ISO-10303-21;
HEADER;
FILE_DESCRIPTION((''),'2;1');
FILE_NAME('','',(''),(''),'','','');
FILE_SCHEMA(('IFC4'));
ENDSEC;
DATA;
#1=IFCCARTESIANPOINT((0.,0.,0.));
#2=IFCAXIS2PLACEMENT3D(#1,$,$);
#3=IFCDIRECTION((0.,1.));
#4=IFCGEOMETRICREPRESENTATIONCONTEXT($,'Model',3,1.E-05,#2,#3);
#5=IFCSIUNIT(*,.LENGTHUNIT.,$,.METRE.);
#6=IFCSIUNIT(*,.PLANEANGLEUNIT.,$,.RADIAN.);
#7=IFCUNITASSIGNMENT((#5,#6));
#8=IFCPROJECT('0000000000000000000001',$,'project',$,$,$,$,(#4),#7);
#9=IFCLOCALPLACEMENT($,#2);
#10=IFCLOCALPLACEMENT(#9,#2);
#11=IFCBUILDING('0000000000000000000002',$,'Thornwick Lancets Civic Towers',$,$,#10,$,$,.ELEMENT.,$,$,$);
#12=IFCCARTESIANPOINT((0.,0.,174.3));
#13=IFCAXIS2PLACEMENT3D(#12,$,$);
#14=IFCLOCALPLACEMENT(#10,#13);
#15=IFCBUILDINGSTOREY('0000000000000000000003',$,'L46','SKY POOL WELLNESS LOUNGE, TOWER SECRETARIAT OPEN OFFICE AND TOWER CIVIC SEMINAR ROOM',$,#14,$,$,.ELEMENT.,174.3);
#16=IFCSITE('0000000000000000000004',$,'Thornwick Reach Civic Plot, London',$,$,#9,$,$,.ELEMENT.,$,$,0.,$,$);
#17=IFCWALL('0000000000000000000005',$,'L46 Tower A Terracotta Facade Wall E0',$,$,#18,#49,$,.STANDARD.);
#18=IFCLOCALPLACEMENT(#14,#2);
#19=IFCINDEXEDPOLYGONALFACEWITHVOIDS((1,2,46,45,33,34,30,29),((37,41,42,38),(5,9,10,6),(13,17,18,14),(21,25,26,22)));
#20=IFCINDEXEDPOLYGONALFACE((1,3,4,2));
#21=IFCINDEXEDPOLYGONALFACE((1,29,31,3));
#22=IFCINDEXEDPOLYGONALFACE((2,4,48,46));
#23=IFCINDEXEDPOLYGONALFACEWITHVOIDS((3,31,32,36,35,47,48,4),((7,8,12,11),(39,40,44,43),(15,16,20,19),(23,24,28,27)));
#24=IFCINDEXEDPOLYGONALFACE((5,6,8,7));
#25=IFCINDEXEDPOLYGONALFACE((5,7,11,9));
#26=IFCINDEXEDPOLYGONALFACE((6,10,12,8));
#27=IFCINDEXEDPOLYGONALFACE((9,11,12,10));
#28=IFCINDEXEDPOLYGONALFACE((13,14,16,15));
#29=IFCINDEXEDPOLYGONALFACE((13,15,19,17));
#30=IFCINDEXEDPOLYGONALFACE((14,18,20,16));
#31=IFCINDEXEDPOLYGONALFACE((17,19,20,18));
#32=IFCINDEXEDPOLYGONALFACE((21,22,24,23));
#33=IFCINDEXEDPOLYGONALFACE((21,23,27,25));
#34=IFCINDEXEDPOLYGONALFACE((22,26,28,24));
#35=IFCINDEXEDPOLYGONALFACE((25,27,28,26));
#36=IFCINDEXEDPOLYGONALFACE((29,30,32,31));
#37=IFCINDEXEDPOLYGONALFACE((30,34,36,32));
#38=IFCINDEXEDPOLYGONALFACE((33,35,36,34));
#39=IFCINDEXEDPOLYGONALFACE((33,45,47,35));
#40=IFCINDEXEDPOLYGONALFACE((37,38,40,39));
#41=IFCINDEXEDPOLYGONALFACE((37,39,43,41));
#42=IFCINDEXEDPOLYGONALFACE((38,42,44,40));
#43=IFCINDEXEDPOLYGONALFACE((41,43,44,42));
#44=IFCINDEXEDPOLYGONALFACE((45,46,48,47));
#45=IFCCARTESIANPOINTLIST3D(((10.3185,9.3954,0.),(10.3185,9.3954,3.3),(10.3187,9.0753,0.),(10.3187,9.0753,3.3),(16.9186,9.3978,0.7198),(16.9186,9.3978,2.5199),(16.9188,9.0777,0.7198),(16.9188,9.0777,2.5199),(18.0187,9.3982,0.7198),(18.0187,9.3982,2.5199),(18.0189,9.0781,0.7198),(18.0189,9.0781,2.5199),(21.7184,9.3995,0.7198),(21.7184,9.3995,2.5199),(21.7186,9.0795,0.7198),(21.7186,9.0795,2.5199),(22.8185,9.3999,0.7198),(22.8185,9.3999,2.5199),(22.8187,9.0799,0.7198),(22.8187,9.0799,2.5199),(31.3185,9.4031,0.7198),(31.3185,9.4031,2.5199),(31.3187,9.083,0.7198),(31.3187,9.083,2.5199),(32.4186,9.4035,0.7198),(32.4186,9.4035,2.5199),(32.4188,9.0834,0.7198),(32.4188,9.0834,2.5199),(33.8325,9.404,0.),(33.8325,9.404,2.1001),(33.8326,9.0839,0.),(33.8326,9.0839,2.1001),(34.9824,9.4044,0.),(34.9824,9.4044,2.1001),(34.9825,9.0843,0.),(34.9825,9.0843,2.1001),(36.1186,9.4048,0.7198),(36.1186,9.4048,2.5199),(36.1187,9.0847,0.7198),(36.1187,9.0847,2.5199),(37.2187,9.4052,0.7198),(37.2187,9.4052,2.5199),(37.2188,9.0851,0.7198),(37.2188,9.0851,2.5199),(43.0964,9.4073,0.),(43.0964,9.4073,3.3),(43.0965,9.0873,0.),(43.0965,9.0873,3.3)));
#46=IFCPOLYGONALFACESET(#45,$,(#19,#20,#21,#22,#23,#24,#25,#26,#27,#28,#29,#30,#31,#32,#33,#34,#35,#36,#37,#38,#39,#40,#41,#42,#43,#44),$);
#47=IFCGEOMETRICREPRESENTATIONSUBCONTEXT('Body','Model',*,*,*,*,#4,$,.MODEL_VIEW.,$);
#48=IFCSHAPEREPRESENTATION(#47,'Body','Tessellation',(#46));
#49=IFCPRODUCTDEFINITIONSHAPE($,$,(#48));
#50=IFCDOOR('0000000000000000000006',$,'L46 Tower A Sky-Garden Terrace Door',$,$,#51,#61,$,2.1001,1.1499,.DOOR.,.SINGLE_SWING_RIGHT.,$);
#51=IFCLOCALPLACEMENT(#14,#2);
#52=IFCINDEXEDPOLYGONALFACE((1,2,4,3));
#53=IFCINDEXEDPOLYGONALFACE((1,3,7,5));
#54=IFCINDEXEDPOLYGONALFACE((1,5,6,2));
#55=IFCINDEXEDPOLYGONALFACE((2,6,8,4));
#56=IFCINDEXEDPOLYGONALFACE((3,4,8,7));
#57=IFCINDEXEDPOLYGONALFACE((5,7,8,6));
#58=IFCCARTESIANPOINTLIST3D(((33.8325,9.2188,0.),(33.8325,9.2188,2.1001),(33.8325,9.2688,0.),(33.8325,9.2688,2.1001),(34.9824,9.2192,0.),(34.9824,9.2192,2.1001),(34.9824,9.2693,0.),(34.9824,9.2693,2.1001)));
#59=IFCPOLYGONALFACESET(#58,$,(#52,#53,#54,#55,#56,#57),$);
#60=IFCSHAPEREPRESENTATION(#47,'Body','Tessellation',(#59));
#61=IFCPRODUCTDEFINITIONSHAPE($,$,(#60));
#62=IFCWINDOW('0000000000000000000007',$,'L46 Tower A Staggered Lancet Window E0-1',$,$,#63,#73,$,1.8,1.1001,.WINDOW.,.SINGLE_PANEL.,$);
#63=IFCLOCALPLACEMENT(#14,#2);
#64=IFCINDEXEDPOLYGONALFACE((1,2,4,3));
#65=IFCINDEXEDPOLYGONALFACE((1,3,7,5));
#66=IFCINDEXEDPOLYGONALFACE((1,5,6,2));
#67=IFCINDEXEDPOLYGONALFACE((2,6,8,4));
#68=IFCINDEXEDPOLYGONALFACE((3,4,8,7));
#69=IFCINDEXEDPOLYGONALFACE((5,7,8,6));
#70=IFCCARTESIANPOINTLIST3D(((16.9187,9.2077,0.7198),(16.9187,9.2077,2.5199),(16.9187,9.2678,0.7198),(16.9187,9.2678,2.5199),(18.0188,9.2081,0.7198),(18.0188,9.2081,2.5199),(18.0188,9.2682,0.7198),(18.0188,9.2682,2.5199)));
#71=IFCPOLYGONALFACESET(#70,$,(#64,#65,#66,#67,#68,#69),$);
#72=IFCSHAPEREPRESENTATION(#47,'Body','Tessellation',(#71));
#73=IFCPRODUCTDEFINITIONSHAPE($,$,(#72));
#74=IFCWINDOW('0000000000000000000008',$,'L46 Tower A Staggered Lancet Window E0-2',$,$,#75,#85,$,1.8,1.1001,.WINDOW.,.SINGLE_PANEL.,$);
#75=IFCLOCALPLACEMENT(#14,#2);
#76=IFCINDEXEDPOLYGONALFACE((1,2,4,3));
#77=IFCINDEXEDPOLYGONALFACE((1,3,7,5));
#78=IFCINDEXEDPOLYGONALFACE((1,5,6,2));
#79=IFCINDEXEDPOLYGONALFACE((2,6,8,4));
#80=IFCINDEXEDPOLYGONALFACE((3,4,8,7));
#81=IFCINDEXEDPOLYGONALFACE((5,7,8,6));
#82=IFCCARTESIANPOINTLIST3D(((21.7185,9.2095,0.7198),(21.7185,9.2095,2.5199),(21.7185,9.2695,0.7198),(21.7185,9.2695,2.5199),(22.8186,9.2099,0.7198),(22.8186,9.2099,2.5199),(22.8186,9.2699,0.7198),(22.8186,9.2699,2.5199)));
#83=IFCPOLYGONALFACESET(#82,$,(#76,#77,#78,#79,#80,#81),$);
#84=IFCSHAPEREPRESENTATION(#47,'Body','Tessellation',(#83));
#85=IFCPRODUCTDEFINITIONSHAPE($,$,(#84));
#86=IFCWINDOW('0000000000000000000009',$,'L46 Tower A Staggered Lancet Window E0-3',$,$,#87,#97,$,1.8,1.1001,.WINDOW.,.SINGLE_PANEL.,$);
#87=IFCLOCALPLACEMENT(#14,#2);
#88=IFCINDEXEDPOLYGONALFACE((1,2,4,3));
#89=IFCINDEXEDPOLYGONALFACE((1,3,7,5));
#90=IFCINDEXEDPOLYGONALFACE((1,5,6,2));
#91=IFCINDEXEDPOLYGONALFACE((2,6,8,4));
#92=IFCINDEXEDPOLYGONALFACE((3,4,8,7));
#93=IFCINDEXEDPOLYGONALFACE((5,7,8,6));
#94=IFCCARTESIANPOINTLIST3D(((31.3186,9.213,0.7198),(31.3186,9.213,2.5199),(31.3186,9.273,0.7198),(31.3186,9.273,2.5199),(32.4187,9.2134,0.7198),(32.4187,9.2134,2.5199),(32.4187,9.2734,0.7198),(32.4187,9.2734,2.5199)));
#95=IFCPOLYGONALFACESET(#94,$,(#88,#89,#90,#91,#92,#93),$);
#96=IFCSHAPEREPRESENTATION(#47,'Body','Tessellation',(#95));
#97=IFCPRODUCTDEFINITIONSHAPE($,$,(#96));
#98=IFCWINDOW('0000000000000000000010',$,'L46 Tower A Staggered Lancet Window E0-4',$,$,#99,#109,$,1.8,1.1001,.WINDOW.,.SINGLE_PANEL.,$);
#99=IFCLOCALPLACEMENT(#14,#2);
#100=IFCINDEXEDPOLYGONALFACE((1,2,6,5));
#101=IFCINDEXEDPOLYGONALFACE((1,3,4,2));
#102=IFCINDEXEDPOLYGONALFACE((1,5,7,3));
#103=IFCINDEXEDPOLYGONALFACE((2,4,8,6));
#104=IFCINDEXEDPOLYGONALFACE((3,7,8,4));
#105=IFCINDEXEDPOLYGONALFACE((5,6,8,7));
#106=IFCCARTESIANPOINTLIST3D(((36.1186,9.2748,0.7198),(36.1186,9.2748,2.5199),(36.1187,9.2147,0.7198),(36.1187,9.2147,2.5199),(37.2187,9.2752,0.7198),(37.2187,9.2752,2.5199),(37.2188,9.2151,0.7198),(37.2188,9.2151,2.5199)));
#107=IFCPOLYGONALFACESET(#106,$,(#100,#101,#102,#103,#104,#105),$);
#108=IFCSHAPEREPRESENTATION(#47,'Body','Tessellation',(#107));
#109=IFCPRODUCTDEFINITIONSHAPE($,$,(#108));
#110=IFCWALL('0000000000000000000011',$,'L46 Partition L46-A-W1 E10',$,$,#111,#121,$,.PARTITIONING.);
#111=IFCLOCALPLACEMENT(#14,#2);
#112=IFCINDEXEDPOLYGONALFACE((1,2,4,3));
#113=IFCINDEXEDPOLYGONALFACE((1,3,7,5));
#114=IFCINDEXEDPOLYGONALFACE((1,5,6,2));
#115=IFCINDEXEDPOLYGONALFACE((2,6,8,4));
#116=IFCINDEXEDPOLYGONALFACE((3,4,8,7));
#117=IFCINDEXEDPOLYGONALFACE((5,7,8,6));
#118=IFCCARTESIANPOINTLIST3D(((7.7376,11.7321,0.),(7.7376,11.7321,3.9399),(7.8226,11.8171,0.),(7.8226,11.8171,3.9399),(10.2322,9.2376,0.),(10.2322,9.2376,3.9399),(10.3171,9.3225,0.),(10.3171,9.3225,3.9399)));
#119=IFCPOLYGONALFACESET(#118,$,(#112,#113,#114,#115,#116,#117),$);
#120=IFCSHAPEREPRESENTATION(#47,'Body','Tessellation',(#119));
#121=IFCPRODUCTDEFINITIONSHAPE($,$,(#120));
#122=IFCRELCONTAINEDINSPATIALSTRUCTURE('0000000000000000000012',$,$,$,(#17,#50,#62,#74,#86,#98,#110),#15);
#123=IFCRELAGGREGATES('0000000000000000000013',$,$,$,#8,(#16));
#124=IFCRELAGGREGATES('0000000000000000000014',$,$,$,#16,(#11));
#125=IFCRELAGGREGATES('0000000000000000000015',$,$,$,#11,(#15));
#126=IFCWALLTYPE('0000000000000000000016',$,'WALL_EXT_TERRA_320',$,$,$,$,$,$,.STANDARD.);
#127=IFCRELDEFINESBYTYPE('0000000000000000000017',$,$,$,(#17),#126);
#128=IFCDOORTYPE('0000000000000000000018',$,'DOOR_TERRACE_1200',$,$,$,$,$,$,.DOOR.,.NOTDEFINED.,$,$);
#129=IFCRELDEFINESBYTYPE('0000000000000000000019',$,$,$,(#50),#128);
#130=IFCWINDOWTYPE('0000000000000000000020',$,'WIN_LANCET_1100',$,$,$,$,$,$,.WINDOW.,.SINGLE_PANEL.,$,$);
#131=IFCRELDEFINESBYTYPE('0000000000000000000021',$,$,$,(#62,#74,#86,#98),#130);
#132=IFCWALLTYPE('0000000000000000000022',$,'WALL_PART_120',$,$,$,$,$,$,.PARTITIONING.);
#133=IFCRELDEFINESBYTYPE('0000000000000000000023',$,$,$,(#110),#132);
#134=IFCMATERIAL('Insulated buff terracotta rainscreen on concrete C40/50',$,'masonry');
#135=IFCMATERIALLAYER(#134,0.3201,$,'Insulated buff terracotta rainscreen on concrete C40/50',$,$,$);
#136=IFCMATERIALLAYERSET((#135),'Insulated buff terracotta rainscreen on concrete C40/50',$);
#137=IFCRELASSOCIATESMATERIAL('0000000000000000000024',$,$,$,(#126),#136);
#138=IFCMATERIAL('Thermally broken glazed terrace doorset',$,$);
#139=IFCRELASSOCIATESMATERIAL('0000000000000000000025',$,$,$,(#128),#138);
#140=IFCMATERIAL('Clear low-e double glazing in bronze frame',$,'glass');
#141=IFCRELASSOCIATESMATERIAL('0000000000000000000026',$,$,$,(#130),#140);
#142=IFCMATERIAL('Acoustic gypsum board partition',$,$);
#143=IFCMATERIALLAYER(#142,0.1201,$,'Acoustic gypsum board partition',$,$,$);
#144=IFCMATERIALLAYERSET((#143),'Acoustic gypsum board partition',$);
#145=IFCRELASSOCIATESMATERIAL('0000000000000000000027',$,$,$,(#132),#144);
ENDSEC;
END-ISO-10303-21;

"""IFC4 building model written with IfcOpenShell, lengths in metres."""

from ifc_helpers import new_model, si_unit, direction, frame, frame_2d, origin, place, context, subcontext, project, spatial, rectangle, extrude, material, layer, layer_set, type_object, element, fill, save


model = new_model("IFC4")

# Units and contexts
model_context = context("Model", 3, precision=1e-05, world=origin(), true_north=direction((0.0, 1.0)))
body_context = subcontext(model_context, "Body", "Model", "MODEL_VIEW")
ifc_project = project(units=[si_unit("LENGTHUNIT", "METRE"), si_unit("PLANEANGLEUNIT", "RADIAN")], contexts=[model_context])

# Site, building, storey
site_placement = place(None, origin())
site = spatial("IfcSite", under=ifc_project, at=site_placement, Name="Thornwick Reach Civic Plot, London", CompositionType="ELEMENT", RefElevation=0.0)
building_placement = place(site_placement, origin())
building = spatial("IfcBuilding", under=site, at=building_placement, Name="Thornwick Lancets Civic Towers", CompositionType="ELEMENT")
storey_placement = place(building_placement, frame((0.0, 0.0, 174.3)))
storey = spatial("IfcBuildingStorey", under=building, at=storey_placement, Name="L46", Description="SKY POOL WELLNESS LOUNGE, TOWER SECRETARIAT OPEN OFFICE AND TOWER CIVIC SEMINAR ROOM", CompositionType="ELEMENT", Elevation=174.3)

# Wall, openings, door, windows
ifc_material_1 = material(Name="Insulated buff terracotta rainscreen on concrete C40/50", Category="masonry")
ifc_layer_1 = layer(ifc_material_1, 0.3201, Name="Insulated buff terracotta rainscreen on concrete C40/50")
ifc_layer_set_1 = layer_set([ifc_layer_1], Name="Insulated buff terracotta rainscreen on concrete C40/50")
wall_type_1 = type_object("IfcWallType", Name="WALL_EXT_TERRA_320", PredefinedType="STANDARD", material=ifc_layer_set_1)
wall_1_placement = place(storey_placement, frame((10.3186, 9.2354, 0.0), z_axis=(0.0, 0.0, 1.0), x_axis=(1.0, 0.000365, 0.0)))
wall_1 = element("IfcWall", 1, at=wall_1_placement, inside=storey, type_object=wall_type_1, Name="L46 Tower A Terracotta Facade Wall E0", PredefinedType="STANDARD", context=body_context, shape_type="SweptSolid", body=[
    extrude(rectangle(XDim=32.7778, YDim=0.3201, at=frame_2d((16.3889, 0.0))), origin(), (0.0, 0.0, 1.0), 3.3),
])
opening_1_placement = place(wall_1_placement, frame((23.5139, 0.0, 0.0)))
opening_1 = element("IfcOpeningElement", 2, at=opening_1_placement, cuts=wall_1, PredefinedType="OPENING", context=body_context, shape_type="SweptSolid", body=[
    extrude(rectangle(XDim=1.1499, YDim=2.1001, at=frame_2d((0.575, 1.05))), frame((0.0, 0.1699, 0.0), z_axis=(0.0, -1.0, 0.0), x_axis=(1.0, 0.0, 0.0)), (0.0, 0.0, 1.0), 0.3401),
])
opening_2_placement = place(wall_1_placement, frame((6.6001, 0.0, 0.72)))
opening_2 = element("IfcOpeningElement", 3, at=opening_2_placement, cuts=wall_1, PredefinedType="OPENING", context=body_context, shape_type="SweptSolid", body=[
    extrude(rectangle(XDim=1.1001, YDim=1.8, at=frame_2d((0.55, 0.8999))), frame((0.0, 0.1699, 0.0), z_axis=(0.0, -1.0, 0.0), x_axis=(1.0, 0.0, 0.0)), (0.0, 0.0, 1.0), 0.3401),
])
opening_3_placement = place(wall_1_placement, frame((11.3999, 0.0, 0.72)))
opening_3 = element("IfcOpeningElement", 4, at=opening_3_placement, cuts=wall_1, PredefinedType="OPENING", context=body_context, shape_type="SweptSolid", body=[
    extrude(rectangle(XDim=1.1001, YDim=1.8, at=frame_2d((0.55, 0.8999))), frame((0.0, 0.1699, 0.0), z_axis=(0.0, -1.0, 0.0), x_axis=(1.0, 0.0, 0.0)), (0.0, 0.0, 1.0), 0.3401),
])
opening_4_placement = place(wall_1_placement, frame((21.0, 0.0, 0.72)))
opening_4 = element("IfcOpeningElement", 5, at=opening_4_placement, cuts=wall_1, PredefinedType="OPENING", context=body_context, shape_type="SweptSolid", body=[
    extrude(rectangle(XDim=1.1001, YDim=1.8, at=frame_2d((0.55, 0.8999))), frame((0.0, 0.1699, 0.0), z_axis=(0.0, -1.0, 0.0), x_axis=(1.0, 0.0, 0.0)), (0.0, 0.0, 1.0), 0.3401),
])
opening_5_placement = place(wall_1_placement, frame((25.8, 0.0, 0.72)))
opening_5 = element("IfcOpeningElement", 6, at=opening_5_placement, cuts=wall_1, PredefinedType="OPENING", context=body_context, shape_type="SweptSolid", body=[
    extrude(rectangle(XDim=1.1001, YDim=1.8, at=frame_2d((0.55, 0.8999))), frame((0.0, 0.1699, 0.0), z_axis=(0.0, -1.0, 0.0), x_axis=(1.0, 0.0, 0.0)), (0.0, 0.0, 1.0), 0.3401),
])
ifc_material_2 = material(Name="Thermally broken glazed terrace doorset")
door_type = type_object("IfcDoorType", Name="DOOR_TERRACE_1200", OperationType="NOTDEFINED", PredefinedType="DOOR", material=ifc_material_2)
door_placement = place(opening_1_placement, origin())
door = element("IfcDoor", 7, at=door_placement, inside=storey, type_object=door_type, Name="L46 Tower A Sky-Garden Terrace Door", OperationType="SINGLE_SWING_RIGHT", OverallHeight=2.1001, OverallWidth=1.1499, PredefinedType="DOOR", context=body_context, shape_type="SweptSolid", body=[
    extrude(rectangle(XDim=1.1499, YDim=2.1001, at=frame_2d((0.575, 1.05))), frame((0.0, 0.0249, 0.0), z_axis=(0.0, -1.0, 0.0), x_axis=(1.0, 0.0, 0.0)), (0.0, 0.0, 1.0), 0.05),
])
fill(opening_1, door)
ifc_material_3 = material(Name="Clear low-e double glazing in bronze frame", Category="glass")
window_type = type_object("IfcWindowType", Name="WIN_LANCET_1100", PartitioningType="SINGLE_PANEL", PredefinedType="WINDOW", material=ifc_material_3)
window_1_placement = place(opening_2_placement, origin())
window_1 = element("IfcWindow", 8, at=window_1_placement, inside=storey, type_object=window_type, Name="L46 Tower A Staggered Lancet Window E0-1", OverallHeight=1.8, OverallWidth=1.1001, PartitioningType="SINGLE_PANEL", PredefinedType="WINDOW", context=body_context, shape_type="SweptSolid", body=[
    extrude(rectangle(XDim=1.1001, YDim=1.8, at=frame_2d((0.55, 0.8999))), frame((0.0, 0.03, 0.0), z_axis=(0.0, -1.0, 0.0), x_axis=(1.0, 0.0, 0.0)), (0.0, 0.0, 1.0), 0.0601),
])
fill(opening_2, window_1)
window_2_placement = place(opening_3_placement, origin())
window_2 = element("IfcWindow", 9, at=window_2_placement, inside=storey, type_object=window_type, Name="L46 Tower A Staggered Lancet Window E0-2", OverallHeight=1.8, OverallWidth=1.1001, PartitioningType="SINGLE_PANEL", PredefinedType="WINDOW", context=body_context, shape_type="SweptSolid", body=[
    extrude(rectangle(XDim=1.1001, YDim=1.8, at=frame_2d((0.55, 0.8999))), frame((0.0, 0.03, 0.0), z_axis=(0.0, -1.0, 0.0), x_axis=(1.0, 0.0, 0.0)), (0.0, 0.0, 1.0), 0.0601),
])
fill(opening_3, window_2)
window_3_placement = place(opening_4_placement, origin())
window_3 = element("IfcWindow", 10, at=window_3_placement, inside=storey, type_object=window_type, Name="L46 Tower A Staggered Lancet Window E0-3", OverallHeight=1.8, OverallWidth=1.1001, PartitioningType="SINGLE_PANEL", PredefinedType="WINDOW", context=body_context, shape_type="SweptSolid", body=[
    extrude(rectangle(XDim=1.1001, YDim=1.8, at=frame_2d((0.55, 0.8999))), frame((0.0, 0.03, 0.0), z_axis=(0.0, -1.0, 0.0), x_axis=(1.0, 0.0, 0.0)), (0.0, 0.0, 1.0), 0.0601),
])
fill(opening_4, window_3)
window_4_placement = place(opening_5_placement, origin())
window_4 = element("IfcWindow", 11, at=window_4_placement, inside=storey, type_object=window_type, Name="L46 Tower A Staggered Lancet Window E0-4", OverallHeight=1.8, OverallWidth=1.1001, PartitioningType="SINGLE_PANEL", PredefinedType="WINDOW", context=body_context, shape_type="SweptSolid", body=[
    extrude(rectangle(XDim=1.1001, YDim=1.8, at=frame_2d((0.55, 0.8999))), frame((0.0, 0.03, 0.0), z_axis=(0.0, -1.0, 0.0), x_axis=(1.0, 0.0, 0.0)), (0.0, 0.0, 1.0), 0.0601),
])
fill(opening_5, window_4)

# Wall
ifc_material_4 = material(Name="Acoustic gypsum board partition")
ifc_layer_2 = layer(ifc_material_4, 0.1201, Name="Acoustic gypsum board partition")
ifc_layer_set_2 = layer_set([ifc_layer_2], Name="Acoustic gypsum board partition")
wall_type_2 = type_object("IfcWallType", Name="WALL_PART_120", PredefinedType="PARTITIONING", material=ifc_layer_set_2)
wall_2_placement = place(storey_placement, frame((10.2747, 9.28, 0.0), z_axis=(0.0, 0.0, 1.0), x_axis=(-0.707107, 0.707107, 0.0)))
element("IfcWall", 12, at=wall_2_placement, inside=storey, type_object=wall_type_2, Name="L46 Partition L46-A-W1 E10", PredefinedType="PARTITIONING", context=body_context, shape_type="SweptSolid", body=[
    extrude(rectangle(XDim=3.5278, YDim=0.1201, at=frame_2d((1.7639, 0.0))), origin(), (0.0, 0.0, 1.0), 3.9399),
])

save(model, "model.ifc")
